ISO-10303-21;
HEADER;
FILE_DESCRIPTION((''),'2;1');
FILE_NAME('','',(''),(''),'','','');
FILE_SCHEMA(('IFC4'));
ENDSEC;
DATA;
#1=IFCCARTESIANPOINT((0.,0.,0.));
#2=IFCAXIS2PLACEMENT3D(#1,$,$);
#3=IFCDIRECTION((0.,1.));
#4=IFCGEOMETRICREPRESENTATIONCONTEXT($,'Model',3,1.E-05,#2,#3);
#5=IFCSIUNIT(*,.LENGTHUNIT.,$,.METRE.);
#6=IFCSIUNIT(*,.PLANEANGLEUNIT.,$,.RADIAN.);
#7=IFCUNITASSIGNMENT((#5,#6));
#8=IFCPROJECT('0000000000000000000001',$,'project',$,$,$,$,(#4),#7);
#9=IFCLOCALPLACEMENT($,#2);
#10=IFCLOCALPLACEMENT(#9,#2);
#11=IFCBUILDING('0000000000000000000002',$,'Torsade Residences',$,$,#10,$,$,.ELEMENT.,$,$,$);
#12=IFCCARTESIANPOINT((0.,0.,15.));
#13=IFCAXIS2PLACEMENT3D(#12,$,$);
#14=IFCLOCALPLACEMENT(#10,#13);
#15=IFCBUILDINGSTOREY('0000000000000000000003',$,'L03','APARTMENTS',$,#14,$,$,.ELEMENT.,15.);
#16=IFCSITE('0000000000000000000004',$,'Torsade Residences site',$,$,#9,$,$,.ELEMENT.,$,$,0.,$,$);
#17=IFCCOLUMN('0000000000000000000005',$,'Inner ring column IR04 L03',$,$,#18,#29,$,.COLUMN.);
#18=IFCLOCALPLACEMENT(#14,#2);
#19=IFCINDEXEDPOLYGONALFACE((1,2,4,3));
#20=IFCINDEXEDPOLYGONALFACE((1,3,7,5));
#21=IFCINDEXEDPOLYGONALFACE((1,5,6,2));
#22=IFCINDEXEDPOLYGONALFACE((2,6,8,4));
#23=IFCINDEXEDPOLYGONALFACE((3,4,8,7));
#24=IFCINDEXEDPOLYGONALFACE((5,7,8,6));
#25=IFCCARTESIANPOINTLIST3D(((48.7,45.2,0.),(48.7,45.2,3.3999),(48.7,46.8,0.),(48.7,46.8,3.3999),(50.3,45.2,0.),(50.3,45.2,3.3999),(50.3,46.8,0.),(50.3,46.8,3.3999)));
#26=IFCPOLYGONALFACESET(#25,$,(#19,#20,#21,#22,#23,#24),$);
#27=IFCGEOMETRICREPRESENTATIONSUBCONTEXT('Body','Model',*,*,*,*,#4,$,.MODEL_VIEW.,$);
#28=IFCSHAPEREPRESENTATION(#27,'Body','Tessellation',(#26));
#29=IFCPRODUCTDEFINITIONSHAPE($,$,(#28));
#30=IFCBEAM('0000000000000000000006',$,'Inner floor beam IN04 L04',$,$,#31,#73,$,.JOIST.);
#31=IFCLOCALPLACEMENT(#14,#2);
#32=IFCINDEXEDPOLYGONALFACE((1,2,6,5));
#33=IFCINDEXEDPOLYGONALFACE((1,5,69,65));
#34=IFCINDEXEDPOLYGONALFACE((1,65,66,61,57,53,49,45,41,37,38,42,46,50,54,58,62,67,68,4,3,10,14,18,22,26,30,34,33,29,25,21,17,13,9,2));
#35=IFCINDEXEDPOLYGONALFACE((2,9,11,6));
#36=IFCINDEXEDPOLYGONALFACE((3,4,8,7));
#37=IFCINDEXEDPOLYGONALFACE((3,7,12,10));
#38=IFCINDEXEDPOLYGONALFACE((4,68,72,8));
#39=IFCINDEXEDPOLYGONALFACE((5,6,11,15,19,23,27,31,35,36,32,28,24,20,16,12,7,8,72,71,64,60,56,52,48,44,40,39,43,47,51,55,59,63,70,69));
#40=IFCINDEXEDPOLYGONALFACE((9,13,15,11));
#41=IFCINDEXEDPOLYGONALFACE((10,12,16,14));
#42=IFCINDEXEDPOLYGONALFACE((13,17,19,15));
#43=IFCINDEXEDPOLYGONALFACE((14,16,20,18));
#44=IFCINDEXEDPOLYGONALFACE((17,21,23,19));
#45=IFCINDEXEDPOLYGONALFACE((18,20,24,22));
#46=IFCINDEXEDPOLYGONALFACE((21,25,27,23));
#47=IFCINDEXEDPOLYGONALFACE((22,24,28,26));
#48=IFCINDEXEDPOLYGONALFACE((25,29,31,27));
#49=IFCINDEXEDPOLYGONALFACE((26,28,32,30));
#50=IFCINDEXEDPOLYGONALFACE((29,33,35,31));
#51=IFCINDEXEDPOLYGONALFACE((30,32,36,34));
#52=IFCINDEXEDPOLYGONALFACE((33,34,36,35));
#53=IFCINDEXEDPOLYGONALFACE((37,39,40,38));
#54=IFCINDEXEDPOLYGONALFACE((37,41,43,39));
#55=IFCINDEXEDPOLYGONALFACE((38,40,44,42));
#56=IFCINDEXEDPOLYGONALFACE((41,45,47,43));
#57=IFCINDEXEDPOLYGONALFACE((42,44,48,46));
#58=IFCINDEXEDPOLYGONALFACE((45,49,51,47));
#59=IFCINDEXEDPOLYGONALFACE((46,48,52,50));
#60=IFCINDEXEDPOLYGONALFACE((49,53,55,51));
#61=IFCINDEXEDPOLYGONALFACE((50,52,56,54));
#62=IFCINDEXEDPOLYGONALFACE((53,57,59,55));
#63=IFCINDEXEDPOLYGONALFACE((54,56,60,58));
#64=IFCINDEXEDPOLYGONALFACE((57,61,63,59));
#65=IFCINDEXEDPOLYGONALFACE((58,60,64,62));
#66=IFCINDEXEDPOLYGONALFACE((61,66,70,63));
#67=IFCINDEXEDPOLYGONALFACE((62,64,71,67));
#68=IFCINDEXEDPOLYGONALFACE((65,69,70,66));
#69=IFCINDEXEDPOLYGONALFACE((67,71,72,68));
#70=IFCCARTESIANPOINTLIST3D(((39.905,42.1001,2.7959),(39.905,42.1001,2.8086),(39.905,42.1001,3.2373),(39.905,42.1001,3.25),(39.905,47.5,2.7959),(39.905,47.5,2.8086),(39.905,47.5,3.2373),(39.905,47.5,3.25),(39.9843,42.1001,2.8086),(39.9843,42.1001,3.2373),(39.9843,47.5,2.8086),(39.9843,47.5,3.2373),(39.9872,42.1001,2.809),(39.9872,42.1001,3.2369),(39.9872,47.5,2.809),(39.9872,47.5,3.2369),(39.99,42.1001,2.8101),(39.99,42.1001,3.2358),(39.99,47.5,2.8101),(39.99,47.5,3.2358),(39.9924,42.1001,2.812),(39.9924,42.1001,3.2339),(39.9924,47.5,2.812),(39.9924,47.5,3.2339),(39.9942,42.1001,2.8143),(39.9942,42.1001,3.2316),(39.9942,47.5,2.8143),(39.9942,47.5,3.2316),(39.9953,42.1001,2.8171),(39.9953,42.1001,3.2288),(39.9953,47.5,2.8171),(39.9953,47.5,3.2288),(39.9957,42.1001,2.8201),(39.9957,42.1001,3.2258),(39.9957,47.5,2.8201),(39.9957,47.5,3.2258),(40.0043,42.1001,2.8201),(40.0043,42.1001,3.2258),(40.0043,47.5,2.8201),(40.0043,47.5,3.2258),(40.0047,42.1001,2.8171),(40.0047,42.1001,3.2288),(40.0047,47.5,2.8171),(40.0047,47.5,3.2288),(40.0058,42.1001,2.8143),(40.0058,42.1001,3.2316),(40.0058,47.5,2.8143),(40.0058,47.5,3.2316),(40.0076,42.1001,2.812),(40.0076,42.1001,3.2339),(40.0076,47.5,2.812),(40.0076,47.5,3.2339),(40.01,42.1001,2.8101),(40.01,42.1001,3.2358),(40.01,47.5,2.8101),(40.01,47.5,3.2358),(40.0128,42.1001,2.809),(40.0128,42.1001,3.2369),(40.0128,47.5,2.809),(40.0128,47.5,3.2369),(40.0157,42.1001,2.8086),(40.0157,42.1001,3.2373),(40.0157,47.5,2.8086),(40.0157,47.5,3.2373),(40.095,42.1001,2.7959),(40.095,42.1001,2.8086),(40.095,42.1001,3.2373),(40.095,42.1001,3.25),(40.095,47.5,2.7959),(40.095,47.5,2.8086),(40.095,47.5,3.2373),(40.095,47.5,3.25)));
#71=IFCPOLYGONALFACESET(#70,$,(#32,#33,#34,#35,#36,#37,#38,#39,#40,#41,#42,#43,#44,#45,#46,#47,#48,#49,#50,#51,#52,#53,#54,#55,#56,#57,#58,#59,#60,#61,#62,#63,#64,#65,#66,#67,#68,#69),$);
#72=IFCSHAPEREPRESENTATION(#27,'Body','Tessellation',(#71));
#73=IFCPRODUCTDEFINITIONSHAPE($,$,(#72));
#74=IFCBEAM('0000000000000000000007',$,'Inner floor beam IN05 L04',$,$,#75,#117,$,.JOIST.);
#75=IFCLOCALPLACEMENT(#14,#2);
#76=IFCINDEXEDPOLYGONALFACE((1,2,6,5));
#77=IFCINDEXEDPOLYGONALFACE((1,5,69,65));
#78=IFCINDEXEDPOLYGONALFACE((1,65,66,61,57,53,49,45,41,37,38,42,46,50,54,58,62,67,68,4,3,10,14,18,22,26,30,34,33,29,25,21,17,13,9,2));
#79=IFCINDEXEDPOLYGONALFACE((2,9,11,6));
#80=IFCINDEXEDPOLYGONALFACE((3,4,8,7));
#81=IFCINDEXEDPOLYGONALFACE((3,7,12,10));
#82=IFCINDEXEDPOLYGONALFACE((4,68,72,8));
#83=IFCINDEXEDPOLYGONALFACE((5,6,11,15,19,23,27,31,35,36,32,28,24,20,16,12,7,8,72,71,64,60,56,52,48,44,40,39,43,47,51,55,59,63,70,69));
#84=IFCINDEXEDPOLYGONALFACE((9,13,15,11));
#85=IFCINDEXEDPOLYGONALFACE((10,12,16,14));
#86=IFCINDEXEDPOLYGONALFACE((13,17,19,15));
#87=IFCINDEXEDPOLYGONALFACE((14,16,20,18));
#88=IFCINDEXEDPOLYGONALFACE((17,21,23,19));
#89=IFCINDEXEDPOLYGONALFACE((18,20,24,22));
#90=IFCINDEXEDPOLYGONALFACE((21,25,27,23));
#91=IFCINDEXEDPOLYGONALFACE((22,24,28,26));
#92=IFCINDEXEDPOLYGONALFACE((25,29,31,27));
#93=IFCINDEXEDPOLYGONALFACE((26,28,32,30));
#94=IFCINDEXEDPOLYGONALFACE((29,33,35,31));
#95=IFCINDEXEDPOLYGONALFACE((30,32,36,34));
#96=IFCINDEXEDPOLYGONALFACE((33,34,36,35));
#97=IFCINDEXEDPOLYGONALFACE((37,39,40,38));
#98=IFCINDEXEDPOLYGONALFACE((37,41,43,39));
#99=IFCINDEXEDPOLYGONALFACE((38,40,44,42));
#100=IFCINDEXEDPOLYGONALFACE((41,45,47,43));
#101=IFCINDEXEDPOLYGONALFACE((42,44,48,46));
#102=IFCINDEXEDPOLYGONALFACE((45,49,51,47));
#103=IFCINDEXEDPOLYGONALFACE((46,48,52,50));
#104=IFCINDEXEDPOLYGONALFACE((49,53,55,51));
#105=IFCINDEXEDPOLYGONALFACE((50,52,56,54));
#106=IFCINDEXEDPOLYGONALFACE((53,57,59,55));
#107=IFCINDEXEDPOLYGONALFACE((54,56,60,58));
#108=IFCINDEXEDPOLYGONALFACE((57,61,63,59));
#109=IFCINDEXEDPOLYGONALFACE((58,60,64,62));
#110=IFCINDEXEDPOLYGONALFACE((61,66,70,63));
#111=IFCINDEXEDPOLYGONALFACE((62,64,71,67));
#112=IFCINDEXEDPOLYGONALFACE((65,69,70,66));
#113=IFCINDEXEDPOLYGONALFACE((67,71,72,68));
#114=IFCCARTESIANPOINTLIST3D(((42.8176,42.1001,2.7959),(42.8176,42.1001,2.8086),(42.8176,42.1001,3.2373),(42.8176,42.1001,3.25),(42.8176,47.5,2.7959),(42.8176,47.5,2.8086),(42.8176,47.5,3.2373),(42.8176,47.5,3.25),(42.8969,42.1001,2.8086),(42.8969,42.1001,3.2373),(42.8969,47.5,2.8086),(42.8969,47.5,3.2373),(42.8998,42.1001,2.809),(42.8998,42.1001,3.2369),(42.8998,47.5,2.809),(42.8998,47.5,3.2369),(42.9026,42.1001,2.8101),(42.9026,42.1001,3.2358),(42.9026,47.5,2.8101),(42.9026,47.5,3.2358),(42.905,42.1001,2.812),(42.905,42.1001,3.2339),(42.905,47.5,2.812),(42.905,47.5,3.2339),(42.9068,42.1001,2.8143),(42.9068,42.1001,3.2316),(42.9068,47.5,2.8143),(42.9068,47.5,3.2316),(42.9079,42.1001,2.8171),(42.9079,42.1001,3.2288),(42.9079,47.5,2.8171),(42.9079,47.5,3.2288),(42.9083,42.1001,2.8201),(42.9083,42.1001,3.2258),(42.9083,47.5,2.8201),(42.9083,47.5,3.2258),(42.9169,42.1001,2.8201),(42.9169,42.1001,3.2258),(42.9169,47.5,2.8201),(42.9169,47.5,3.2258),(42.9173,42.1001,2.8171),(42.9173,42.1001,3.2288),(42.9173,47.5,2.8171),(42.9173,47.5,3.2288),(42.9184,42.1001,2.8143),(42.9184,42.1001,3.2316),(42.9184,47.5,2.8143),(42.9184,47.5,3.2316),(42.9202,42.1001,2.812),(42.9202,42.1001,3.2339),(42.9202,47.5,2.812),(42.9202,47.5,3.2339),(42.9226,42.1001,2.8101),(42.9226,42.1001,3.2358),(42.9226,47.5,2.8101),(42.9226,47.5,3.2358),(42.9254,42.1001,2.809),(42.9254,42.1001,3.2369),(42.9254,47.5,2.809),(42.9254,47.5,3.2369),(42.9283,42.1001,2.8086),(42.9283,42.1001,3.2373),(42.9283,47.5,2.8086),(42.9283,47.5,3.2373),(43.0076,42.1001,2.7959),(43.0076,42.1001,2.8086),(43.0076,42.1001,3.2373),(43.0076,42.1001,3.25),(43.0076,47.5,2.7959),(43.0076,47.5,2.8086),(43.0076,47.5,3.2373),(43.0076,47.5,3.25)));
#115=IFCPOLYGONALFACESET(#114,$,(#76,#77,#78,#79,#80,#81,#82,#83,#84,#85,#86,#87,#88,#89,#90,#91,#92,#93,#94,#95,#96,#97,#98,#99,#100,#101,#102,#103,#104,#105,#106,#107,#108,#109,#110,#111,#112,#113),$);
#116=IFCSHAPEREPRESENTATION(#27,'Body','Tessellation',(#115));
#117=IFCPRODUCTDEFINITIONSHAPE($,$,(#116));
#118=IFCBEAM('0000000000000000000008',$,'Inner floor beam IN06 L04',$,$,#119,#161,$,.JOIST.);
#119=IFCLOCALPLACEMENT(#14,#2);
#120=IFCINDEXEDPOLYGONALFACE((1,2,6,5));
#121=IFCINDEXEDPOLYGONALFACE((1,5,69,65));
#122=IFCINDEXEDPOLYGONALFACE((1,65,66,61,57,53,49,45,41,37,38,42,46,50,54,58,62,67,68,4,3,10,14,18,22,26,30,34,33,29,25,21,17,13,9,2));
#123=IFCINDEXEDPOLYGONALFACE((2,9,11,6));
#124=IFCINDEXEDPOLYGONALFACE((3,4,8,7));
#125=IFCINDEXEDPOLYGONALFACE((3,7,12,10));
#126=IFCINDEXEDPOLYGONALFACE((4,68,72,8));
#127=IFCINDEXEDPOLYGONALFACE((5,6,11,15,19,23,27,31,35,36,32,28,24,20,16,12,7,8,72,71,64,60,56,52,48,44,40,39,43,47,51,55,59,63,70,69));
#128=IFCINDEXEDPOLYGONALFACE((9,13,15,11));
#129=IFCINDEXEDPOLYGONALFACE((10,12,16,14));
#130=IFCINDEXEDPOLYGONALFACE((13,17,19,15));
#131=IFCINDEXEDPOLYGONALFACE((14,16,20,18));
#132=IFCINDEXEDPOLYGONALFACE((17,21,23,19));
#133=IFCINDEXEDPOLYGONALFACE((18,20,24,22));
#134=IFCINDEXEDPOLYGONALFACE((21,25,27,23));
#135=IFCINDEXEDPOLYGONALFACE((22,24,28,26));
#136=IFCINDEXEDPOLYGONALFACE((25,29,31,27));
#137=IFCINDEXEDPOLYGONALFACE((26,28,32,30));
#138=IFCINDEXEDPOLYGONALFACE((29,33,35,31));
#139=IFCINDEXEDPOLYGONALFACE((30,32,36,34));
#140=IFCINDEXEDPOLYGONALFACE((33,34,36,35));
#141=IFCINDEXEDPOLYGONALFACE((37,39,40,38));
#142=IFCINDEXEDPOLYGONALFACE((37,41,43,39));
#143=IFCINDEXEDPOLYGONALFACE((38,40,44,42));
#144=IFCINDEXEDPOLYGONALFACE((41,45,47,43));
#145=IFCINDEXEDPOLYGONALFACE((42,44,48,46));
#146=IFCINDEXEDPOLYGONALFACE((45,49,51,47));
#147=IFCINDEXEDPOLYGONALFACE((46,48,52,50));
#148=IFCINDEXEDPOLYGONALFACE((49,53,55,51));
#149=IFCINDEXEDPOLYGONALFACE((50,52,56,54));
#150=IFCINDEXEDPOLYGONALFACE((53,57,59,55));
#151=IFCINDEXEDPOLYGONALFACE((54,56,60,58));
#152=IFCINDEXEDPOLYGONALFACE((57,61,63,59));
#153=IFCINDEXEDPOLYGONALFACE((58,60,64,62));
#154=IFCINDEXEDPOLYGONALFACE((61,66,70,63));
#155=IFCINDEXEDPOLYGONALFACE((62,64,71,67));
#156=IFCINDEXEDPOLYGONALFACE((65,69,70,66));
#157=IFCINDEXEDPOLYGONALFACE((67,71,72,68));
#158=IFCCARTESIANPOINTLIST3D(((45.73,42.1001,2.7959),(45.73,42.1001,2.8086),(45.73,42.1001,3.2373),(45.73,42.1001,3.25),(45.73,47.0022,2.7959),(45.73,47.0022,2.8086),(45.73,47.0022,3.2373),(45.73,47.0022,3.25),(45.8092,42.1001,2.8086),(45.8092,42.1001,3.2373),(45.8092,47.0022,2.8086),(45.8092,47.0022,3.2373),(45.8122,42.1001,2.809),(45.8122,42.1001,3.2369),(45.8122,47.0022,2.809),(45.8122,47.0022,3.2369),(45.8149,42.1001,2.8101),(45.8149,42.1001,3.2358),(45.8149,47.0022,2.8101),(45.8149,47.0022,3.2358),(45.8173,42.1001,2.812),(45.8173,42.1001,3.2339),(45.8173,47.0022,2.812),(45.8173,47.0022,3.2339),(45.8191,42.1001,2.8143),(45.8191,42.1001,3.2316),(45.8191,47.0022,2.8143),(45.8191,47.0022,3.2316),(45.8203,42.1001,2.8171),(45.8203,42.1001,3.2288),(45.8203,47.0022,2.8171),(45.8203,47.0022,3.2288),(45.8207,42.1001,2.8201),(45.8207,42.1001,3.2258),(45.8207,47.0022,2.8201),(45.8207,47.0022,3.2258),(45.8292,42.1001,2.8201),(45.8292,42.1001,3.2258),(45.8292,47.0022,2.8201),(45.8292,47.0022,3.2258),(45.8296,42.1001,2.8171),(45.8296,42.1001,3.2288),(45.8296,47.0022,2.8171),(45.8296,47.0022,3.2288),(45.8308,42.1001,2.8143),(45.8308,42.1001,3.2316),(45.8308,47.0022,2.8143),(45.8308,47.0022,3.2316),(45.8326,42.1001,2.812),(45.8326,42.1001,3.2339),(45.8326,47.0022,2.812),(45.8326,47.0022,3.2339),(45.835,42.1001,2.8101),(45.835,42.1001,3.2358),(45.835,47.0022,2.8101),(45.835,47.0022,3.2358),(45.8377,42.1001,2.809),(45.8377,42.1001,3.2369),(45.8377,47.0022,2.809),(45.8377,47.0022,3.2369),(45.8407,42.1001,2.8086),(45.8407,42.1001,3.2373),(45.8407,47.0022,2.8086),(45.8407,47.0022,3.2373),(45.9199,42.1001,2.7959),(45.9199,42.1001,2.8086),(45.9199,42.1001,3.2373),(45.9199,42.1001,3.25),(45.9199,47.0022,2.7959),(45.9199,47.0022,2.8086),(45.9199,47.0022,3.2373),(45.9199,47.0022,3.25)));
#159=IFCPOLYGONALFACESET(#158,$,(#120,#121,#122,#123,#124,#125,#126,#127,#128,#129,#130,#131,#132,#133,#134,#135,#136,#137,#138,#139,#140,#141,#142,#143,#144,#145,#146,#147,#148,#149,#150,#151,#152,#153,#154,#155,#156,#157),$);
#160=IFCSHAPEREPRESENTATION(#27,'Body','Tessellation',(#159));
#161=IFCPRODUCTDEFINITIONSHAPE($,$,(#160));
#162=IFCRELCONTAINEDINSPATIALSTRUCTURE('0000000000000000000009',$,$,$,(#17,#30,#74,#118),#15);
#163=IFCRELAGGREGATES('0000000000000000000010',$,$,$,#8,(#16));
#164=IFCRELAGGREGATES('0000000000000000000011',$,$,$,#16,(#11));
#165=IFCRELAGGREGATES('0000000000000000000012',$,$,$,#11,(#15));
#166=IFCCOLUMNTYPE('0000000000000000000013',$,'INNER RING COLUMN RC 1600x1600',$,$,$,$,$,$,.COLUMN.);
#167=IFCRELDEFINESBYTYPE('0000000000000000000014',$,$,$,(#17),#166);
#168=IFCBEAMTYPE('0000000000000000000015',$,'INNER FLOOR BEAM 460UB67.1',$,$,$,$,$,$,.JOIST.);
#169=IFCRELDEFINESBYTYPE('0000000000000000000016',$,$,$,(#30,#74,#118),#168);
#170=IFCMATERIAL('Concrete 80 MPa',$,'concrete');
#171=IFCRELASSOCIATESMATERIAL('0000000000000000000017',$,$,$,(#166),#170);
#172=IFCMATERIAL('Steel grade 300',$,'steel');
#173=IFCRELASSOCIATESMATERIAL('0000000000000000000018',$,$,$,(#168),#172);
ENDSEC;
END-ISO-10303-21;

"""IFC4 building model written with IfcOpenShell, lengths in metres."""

from ifc_helpers import new_model, si_unit, direction, frame, origin, origin_2d, place, context, subcontext, project, spatial, rectangle, i_section, extrude, material, material_profile, profile_set, type_object, element, save


model = new_model("IFC4")

# Units and contexts
model_context = context("Model", 3, precision=1e-05, world=origin(), true_north=direction((0.0, 1.0)))
body_context = subcontext(model_context, "Body", "Model", "MODEL_VIEW")
ifc_project = project(units=[si_unit("LENGTHUNIT", "METRE"), si_unit("PLANEANGLEUNIT", "RADIAN")], contexts=[model_context])

# Site, building, storey
site_placement = place(None, origin())
site = spatial("IfcSite", under=ifc_project, at=site_placement, Name="Torsade Residences site", CompositionType="ELEMENT", RefElevation=0.0)
building_placement = place(site_placement, origin())
building = spatial("IfcBuilding", under=site, at=building_placement, Name="Torsade Residences", CompositionType="ELEMENT")
storey_placement = place(building_placement, frame((0.0, 0.0, 15.0)))
storey = spatial("IfcBuildingStorey", under=building, at=storey_placement, Name="L03", Description="APARTMENTS", CompositionType="ELEMENT", Elevation=15.0)

# Column
ifc_material_1 = material(Name="Concrete 80 MPa", Category="concrete")
ifc_material_profile_1 = material_profile(ifc_material_1, rectangle(XDim=1.6001, YDim=1.6001, at=origin_2d()), Name="RC 1600x1600")
ifc_profile_set_1 = profile_set([ifc_material_profile_1], Name="Concrete 80 MPa")
column_type = type_object("IfcColumnType", Name="INNER RING COLUMN RC 1600x1600", PredefinedType="COLUMN", material=ifc_profile_set_1)
column_placement = place(storey_placement, frame((49.5, 46.0, 0.0), z_axis=(0.0, 0.0, 1.0), x_axis=(1.0, 0.0, 0.0)))
element("IfcColumn", 1, at=column_placement, inside=storey, type_object=column_type, Name="Inner ring column IR04 L03", PredefinedType="COLUMN", context=body_context, shape_type="SweptSolid", body=[
    extrude(rectangle(XDim=1.6001, YDim=1.6001, at=origin_2d()), origin(), (0.0, 0.0, 1.0), 3.3999),
])

# Beams
ifc_material_2 = material(Name="Steel grade 300", Category="steel")
ifc_material_profile_2 = material_profile(ifc_material_2, i_section(OverallWidth=0.1899, OverallDepth=0.4541, WebThickness=0.0085, FlangeThickness=0.0127, FilletRadius=0.0115, at=origin_2d()), Name="460UB67.1")
ifc_profile_set_2 = profile_set([ifc_material_profile_2], Name="Steel grade 300")
beam_type = type_object("IfcBeamType", Name="INNER FLOOR BEAM 460UB67.1", PredefinedType="JOIST", material=ifc_profile_set_2)
for number, where, z_axis, x_axis, name in (
    (2, (40.0, 42.1001, 3.0229), (0.0, 1.0, 0.0), (-1.0, 0.0, 0.0), "Inner floor beam IN04 L04"),
    (3, (42.9126, 42.1001, 3.0229), (0.0, 1.0, 0.0), (-1.0, 0.0, 0.0), "Inner floor beam IN05 L04"),
):
    element("IfcBeam", number, at=place(storey_placement, frame(where, z_axis=z_axis, x_axis=x_axis)), inside=storey, type_object=beam_type, Name=name, PredefinedType="JOIST", context=body_context, shape_type="SweptSolid", body=[
        extrude(i_section(OverallWidth=0.1899, OverallDepth=0.4541, WebThickness=0.0085, FlangeThickness=0.0127, FilletRadius=0.0115, at=origin_2d()), origin(), (0.0, 0.0, 1.0), 5.3999),
    ])
beam_1_placement = place(storey_placement, frame((45.825, 42.1001, 3.0229), z_axis=(0.0, 1.0, 0.0), x_axis=(-1.0, 0.0, 0.0)))
element("IfcBeam", 4, at=beam_1_placement, inside=storey, type_object=beam_type, Name="Inner floor beam IN06 L04", PredefinedType="JOIST", context=body_context, shape_type="SweptSolid", body=[
    extrude(i_section(OverallWidth=0.1899, OverallDepth=0.4541, WebThickness=0.0085, FlangeThickness=0.0127, FilletRadius=0.0115, at=origin_2d()), origin(), (0.0, 0.0, 1.0), 4.9021),
])

save(model, "model.ifc")
